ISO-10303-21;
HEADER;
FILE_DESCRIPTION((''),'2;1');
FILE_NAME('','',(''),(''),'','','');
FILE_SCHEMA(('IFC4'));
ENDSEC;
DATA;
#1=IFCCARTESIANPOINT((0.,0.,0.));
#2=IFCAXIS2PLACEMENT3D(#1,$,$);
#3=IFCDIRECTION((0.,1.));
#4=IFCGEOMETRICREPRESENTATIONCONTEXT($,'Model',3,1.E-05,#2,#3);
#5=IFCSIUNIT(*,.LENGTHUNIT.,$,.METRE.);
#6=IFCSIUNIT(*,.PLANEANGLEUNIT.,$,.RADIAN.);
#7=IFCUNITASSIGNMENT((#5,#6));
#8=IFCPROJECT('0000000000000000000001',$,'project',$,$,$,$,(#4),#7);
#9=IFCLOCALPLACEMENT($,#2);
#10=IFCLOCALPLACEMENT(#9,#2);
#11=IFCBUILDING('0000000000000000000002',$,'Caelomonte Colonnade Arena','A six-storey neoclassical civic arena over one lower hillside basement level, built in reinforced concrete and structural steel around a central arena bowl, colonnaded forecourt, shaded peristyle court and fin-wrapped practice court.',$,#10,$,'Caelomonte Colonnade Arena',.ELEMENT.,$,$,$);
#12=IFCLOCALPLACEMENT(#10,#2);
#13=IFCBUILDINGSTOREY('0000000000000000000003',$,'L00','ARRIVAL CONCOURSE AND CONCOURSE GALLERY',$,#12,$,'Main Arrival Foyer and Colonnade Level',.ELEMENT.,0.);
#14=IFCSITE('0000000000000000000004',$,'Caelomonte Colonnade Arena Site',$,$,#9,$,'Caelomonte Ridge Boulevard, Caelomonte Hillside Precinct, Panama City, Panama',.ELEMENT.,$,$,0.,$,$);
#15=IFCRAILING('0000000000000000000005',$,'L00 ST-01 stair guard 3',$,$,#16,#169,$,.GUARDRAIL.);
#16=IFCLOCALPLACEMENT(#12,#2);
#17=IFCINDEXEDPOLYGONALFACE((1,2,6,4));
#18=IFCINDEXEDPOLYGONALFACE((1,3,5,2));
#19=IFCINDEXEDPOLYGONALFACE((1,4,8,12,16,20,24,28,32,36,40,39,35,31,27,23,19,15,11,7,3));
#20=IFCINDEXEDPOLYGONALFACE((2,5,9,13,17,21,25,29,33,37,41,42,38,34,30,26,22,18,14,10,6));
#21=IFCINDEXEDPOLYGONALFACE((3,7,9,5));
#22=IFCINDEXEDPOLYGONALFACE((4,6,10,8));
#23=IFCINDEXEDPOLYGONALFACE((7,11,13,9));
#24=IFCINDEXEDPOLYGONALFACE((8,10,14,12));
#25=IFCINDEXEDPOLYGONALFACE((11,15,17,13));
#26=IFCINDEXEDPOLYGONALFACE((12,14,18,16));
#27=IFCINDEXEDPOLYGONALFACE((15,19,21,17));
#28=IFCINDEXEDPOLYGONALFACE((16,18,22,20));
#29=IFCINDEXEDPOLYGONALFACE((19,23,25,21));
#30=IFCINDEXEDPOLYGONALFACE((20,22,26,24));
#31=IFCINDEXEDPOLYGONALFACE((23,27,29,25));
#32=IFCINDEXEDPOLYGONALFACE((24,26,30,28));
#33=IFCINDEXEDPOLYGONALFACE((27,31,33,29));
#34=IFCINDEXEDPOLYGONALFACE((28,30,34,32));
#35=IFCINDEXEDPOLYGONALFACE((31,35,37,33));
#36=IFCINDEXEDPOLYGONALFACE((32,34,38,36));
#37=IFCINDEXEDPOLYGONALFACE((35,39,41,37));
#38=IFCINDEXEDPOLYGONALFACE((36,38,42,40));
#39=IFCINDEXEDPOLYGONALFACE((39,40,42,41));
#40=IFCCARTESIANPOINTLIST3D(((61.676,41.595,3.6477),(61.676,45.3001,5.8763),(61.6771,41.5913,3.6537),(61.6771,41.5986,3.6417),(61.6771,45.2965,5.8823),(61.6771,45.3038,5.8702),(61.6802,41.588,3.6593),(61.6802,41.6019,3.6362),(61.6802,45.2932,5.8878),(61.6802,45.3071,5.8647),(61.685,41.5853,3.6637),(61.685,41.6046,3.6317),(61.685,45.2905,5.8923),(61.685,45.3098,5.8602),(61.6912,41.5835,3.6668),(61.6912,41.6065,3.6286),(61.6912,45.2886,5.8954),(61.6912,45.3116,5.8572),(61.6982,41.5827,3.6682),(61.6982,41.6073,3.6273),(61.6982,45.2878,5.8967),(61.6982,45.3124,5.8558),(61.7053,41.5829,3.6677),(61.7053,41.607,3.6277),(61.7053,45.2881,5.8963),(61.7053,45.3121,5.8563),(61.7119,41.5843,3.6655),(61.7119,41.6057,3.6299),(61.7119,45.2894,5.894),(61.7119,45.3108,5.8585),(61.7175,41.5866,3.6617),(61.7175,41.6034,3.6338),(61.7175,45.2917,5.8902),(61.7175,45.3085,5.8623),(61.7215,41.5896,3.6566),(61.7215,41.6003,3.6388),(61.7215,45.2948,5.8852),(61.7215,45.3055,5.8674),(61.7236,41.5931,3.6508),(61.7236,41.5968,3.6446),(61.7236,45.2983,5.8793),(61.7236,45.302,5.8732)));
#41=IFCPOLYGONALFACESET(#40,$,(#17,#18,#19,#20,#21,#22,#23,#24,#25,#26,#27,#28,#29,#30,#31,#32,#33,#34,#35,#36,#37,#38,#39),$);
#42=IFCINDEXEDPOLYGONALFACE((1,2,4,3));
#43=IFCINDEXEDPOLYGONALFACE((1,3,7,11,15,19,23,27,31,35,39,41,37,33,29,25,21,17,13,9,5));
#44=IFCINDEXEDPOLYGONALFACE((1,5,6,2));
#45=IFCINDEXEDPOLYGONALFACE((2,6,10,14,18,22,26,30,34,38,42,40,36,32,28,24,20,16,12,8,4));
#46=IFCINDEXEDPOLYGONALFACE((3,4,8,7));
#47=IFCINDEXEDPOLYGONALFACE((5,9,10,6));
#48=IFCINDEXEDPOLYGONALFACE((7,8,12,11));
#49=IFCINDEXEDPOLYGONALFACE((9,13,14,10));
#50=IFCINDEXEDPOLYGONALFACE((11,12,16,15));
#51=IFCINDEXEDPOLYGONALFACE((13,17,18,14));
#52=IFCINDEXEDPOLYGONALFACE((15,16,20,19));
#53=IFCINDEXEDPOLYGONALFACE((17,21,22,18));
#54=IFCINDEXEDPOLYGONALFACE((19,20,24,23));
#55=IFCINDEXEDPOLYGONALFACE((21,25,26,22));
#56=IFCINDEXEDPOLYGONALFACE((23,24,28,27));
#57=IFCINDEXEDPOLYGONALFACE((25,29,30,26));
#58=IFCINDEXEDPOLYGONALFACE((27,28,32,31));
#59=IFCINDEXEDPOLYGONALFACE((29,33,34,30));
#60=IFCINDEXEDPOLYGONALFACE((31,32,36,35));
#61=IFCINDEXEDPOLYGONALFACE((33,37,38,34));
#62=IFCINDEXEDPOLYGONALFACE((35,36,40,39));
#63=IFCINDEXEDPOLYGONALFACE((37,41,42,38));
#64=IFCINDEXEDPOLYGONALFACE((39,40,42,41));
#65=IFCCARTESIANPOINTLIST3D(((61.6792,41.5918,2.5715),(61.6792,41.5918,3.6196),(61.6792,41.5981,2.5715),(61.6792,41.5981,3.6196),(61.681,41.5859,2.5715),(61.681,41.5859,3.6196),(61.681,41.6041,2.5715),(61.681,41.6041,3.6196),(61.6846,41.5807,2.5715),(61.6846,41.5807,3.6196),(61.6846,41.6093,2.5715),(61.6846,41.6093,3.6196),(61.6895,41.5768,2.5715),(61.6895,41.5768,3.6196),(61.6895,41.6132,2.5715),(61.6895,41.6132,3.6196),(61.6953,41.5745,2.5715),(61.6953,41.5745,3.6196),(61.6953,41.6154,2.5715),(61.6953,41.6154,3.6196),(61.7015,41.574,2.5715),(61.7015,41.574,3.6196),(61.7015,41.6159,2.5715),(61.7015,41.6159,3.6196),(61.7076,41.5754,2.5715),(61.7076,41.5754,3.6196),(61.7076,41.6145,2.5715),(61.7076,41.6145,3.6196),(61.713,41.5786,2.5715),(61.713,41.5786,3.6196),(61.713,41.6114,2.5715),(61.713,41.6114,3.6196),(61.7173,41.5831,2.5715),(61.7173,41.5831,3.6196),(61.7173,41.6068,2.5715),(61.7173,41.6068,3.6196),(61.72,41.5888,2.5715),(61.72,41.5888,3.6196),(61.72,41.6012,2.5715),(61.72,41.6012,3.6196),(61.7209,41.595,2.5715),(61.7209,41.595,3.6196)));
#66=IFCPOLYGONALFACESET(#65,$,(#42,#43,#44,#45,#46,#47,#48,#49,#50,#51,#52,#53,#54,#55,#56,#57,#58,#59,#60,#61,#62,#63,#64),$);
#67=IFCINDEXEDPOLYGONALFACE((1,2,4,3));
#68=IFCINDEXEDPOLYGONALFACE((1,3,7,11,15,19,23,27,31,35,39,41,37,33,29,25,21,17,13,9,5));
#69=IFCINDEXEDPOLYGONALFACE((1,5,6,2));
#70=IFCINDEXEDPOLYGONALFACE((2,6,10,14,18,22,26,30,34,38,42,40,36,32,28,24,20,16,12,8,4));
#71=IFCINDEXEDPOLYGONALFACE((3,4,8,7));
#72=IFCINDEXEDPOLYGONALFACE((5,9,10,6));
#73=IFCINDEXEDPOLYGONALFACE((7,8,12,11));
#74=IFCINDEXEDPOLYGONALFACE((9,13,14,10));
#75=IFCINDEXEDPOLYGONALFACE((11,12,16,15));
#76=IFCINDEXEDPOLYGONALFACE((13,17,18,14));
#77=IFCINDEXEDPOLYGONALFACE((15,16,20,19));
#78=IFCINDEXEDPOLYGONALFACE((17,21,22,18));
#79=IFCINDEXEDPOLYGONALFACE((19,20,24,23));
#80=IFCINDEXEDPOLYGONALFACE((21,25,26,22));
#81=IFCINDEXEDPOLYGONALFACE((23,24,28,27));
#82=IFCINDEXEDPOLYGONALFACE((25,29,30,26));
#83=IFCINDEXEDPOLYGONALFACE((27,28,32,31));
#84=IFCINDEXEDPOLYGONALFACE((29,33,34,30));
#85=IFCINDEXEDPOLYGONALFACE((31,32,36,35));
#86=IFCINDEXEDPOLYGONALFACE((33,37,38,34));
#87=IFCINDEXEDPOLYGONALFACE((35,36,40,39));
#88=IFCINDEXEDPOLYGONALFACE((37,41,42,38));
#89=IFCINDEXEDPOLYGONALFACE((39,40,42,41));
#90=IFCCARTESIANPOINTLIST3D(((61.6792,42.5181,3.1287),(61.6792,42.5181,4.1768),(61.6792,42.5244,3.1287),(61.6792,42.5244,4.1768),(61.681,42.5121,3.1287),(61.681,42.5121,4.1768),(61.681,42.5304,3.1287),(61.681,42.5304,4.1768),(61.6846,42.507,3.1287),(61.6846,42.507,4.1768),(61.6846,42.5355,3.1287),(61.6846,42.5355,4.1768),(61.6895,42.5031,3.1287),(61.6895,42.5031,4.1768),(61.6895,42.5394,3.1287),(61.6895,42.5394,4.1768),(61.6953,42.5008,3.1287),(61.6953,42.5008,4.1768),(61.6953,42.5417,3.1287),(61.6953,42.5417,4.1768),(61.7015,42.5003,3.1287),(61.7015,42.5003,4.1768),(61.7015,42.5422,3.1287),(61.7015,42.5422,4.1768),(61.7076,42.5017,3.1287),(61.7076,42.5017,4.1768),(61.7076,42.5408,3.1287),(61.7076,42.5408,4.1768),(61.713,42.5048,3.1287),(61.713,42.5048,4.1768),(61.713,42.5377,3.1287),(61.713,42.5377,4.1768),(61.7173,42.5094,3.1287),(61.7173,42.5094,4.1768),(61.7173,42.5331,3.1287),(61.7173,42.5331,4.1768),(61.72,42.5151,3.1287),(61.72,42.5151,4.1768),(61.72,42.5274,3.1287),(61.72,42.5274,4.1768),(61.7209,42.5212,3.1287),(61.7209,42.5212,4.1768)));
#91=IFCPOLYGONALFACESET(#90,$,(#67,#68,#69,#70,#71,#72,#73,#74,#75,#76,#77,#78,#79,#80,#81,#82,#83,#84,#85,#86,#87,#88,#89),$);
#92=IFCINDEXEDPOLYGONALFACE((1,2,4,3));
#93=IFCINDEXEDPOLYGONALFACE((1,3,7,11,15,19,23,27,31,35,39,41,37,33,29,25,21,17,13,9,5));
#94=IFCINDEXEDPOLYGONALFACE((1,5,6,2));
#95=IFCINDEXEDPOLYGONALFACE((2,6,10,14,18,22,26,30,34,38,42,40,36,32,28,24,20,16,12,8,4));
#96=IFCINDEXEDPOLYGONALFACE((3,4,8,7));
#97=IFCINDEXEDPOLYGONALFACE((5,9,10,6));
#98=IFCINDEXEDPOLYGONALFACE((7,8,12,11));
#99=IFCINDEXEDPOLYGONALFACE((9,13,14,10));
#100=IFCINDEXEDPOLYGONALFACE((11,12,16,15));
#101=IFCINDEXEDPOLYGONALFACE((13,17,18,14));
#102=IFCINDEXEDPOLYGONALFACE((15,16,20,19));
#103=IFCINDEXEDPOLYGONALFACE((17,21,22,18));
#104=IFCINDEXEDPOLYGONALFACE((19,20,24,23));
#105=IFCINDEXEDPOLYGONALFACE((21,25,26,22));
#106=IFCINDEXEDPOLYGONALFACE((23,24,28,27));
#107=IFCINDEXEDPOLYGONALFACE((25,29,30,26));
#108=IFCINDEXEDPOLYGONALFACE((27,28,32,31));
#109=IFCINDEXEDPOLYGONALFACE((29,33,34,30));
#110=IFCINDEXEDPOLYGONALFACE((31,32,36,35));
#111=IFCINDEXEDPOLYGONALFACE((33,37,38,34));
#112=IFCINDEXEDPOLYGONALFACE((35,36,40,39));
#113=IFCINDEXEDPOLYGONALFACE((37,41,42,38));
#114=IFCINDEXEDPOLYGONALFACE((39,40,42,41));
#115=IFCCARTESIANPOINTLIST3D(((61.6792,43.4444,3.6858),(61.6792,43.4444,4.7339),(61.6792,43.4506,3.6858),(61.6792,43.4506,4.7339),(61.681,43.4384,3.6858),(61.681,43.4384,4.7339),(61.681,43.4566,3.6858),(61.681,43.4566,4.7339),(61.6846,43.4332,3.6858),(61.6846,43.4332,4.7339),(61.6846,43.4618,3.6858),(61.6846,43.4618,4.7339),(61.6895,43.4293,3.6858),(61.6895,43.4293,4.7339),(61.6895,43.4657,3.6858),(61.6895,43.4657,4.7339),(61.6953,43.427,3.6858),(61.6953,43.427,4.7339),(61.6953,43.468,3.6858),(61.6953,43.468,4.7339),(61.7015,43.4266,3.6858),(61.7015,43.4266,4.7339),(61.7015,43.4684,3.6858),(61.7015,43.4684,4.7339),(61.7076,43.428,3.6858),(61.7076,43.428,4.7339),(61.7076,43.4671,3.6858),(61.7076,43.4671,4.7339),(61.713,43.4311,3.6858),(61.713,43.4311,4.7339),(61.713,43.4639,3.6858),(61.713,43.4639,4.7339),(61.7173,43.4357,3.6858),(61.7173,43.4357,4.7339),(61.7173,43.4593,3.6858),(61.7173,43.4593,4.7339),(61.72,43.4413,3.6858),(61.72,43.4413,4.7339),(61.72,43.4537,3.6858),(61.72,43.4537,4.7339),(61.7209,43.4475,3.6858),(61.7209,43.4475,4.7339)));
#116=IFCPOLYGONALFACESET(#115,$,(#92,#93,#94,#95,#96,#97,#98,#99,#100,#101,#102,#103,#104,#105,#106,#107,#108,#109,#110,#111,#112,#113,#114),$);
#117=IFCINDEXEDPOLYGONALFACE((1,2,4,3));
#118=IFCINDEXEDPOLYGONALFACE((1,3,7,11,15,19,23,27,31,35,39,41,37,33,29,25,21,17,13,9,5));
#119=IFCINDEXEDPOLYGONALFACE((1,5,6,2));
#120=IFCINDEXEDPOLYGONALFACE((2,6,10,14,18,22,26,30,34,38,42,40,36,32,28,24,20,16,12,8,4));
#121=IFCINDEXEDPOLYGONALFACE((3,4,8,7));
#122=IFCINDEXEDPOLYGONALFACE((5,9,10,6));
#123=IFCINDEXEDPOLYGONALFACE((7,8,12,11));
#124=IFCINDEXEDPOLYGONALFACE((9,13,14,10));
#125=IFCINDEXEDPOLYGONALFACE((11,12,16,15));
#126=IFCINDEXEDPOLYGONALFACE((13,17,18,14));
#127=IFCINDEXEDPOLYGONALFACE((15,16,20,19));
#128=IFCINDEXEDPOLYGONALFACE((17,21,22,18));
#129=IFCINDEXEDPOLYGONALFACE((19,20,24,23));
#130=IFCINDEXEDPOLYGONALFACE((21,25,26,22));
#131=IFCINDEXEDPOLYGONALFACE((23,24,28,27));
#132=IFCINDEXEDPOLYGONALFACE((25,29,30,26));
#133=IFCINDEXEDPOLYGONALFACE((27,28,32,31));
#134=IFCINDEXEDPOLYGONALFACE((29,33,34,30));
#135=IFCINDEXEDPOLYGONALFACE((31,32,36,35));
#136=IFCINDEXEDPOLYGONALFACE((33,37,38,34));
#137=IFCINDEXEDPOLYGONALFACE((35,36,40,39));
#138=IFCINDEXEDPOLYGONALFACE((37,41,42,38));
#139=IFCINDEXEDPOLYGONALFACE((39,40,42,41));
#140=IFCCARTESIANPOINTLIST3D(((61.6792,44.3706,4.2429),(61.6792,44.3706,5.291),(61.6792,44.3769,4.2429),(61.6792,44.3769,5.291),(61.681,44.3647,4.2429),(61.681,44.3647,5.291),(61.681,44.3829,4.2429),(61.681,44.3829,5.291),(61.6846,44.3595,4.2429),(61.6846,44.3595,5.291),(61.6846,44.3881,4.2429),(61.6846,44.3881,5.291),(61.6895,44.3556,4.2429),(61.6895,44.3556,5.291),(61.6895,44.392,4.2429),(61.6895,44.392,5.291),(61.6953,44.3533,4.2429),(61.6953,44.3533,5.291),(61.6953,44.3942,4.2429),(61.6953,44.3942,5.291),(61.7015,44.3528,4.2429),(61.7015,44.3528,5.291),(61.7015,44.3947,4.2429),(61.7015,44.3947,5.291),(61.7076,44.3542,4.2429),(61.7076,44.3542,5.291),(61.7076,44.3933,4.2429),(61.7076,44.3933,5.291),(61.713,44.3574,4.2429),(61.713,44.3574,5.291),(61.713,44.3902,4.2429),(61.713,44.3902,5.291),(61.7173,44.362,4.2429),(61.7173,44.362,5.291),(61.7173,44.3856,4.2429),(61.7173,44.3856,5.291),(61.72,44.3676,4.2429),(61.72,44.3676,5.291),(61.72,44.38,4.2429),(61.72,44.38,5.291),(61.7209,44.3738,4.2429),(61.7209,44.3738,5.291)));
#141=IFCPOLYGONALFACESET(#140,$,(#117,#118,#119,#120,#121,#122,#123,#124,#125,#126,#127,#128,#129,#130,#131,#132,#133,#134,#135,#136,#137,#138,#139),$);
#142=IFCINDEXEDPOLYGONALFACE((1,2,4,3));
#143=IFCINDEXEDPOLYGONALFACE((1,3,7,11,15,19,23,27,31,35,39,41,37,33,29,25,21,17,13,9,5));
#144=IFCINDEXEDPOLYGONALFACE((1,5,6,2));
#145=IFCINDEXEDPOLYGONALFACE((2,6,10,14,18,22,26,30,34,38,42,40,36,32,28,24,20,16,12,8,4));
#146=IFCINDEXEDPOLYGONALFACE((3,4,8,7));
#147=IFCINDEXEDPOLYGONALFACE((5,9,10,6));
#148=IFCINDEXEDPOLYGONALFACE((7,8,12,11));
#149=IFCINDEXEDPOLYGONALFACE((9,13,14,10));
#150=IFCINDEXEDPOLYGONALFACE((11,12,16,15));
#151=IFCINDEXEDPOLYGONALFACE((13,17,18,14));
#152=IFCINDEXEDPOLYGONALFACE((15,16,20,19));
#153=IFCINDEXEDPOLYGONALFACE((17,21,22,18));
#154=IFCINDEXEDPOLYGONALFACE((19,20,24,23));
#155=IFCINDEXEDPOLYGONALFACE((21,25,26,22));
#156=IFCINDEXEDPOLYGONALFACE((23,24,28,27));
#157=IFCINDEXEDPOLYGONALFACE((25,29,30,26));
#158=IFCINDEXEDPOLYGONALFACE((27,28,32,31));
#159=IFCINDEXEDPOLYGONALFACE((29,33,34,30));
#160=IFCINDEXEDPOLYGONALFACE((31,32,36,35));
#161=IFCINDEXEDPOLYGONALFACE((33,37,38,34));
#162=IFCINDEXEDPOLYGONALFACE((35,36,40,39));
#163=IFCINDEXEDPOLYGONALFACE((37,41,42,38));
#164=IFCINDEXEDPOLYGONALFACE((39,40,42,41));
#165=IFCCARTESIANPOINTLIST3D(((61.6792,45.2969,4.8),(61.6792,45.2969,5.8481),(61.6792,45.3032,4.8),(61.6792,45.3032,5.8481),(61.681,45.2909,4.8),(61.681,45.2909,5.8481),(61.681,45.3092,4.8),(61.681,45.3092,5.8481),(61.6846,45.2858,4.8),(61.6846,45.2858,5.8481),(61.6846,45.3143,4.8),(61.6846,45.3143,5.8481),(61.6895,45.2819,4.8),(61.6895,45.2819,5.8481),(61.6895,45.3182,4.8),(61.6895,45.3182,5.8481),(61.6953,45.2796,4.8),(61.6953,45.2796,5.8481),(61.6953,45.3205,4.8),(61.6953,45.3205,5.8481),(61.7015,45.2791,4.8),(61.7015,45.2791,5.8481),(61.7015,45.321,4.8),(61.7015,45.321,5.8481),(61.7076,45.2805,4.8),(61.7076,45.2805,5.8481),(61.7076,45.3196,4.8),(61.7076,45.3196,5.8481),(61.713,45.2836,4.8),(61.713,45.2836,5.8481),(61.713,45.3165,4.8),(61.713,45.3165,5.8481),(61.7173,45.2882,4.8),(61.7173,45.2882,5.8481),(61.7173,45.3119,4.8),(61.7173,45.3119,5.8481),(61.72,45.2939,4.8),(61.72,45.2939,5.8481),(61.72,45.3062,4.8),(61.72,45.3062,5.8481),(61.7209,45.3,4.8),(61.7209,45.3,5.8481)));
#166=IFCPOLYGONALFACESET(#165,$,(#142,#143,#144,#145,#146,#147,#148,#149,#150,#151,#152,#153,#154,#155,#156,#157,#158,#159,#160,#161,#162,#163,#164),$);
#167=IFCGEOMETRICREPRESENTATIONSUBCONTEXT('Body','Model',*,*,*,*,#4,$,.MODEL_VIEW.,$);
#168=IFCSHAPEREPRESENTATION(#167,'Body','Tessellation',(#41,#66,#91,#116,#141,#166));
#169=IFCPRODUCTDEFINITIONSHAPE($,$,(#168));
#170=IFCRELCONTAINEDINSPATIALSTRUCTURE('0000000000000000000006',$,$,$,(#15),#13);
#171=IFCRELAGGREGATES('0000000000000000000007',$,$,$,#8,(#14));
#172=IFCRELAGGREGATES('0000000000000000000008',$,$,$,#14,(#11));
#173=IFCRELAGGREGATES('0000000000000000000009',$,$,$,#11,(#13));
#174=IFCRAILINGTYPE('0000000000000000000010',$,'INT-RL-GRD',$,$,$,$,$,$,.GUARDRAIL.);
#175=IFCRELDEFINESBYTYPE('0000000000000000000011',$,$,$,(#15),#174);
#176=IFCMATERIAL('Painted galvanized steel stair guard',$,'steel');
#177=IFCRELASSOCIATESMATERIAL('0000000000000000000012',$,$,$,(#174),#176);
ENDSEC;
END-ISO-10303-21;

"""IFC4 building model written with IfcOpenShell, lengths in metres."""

from ifc_helpers import new_model, si_unit, direction, frame, origin, origin_2d, place, context, subcontext, project, spatial, circle, extrude, material, type_object, element, save


model = new_model("IFC4")

# Units and contexts
model_context = context("Model", 3, precision=1e-05, world=origin(), true_north=direction((0.0, 1.0)))
body_context = subcontext(model_context, "Body", "Model", "MODEL_VIEW")
ifc_project = project(units=[si_unit("LENGTHUNIT", "METRE"), si_unit("PLANEANGLEUNIT", "RADIAN")], contexts=[model_context])

# Site, building, storey
site_placement = place(None, origin())
site = spatial("IfcSite", under=ifc_project, at=site_placement, Name="Caelomonte Colonnade Arena Site", LongName="Caelomonte Ridge Boulevard, Caelomonte Hillside Precinct, Panama City, Panama", CompositionType="ELEMENT", RefElevation=0.0)
building_placement = place(site_placement, origin())
building = spatial("IfcBuilding", under=site, at=building_placement, Name="Caelomonte Colonnade Arena", Description="A six-storey neoclassical civic arena over one lower hillside basement level, built in reinforced concrete and structural steel around a central arena bowl, colonnaded forecourt, shaded peristyle court and fin-wrapped practice court.", LongName="Caelomonte Colonnade Arena", CompositionType="ELEMENT")
storey_placement = place(building_placement, origin())
storey = spatial("IfcBuildingStorey", under=building, at=storey_placement, Name="L00", Description="ARRIVAL CONCOURSE AND CONCOURSE GALLERY", LongName="Main Arrival Foyer and Colonnade Level", CompositionType="ELEMENT", Elevation=0.0)

# Railing
ifc_material_1 = material(Name="Painted galvanized steel stair guard", Category="steel")
railing_type_1 = type_object("IfcRailingType", Name="INT-RL-GRD", PredefinedType="GUARDRAIL", material=ifc_material_1)
railing_1_placement = place(storey_placement, frame((61.7, 41.595, 2.5715)))
element("IfcRailing", 1, at=railing_1_placement, inside=storey, type_object=railing_type_1, Name="L00 ST-01 stair guard 3", PredefinedType="GUARDRAIL", context=body_context, shape_type="SweptSolid", body=[
    extrude(circle(Radius=0.0239, at=origin_2d()), frame((0.0, 0.0, 1.0762), z_axis=(0.0, 0.856934, 0.515425), x_axis=(-1.0, 0.0, 0.0)), (0.0, 0.0, 1.0), 4.3237),
    extrude(circle(Radius=0.021, at=origin_2d()), origin(), (0.0, 0.0, 1.0), 1.0481),
    extrude(circle(Radius=0.021, at=origin_2d()), frame((0.0, 0.9263, 0.5571)), (0.0, 0.0, 1.0), 1.0481),
    extrude(circle(Radius=0.021, at=origin_2d()), frame((0.0, 1.8525, 1.1143)), (0.0, 0.0, 1.0), 1.0481),
    extrude(circle(Radius=0.021, at=origin_2d()), frame((0.0, 2.7788, 1.6714)), (0.0, 0.0, 1.0), 1.0481),
    extrude(circle(Radius=0.021, at=origin_2d()), frame((0.0, 3.7051, 2.2285)), (0.0, 0.0, 1.0), 1.0481),
])

save(model, "model.ifc")
